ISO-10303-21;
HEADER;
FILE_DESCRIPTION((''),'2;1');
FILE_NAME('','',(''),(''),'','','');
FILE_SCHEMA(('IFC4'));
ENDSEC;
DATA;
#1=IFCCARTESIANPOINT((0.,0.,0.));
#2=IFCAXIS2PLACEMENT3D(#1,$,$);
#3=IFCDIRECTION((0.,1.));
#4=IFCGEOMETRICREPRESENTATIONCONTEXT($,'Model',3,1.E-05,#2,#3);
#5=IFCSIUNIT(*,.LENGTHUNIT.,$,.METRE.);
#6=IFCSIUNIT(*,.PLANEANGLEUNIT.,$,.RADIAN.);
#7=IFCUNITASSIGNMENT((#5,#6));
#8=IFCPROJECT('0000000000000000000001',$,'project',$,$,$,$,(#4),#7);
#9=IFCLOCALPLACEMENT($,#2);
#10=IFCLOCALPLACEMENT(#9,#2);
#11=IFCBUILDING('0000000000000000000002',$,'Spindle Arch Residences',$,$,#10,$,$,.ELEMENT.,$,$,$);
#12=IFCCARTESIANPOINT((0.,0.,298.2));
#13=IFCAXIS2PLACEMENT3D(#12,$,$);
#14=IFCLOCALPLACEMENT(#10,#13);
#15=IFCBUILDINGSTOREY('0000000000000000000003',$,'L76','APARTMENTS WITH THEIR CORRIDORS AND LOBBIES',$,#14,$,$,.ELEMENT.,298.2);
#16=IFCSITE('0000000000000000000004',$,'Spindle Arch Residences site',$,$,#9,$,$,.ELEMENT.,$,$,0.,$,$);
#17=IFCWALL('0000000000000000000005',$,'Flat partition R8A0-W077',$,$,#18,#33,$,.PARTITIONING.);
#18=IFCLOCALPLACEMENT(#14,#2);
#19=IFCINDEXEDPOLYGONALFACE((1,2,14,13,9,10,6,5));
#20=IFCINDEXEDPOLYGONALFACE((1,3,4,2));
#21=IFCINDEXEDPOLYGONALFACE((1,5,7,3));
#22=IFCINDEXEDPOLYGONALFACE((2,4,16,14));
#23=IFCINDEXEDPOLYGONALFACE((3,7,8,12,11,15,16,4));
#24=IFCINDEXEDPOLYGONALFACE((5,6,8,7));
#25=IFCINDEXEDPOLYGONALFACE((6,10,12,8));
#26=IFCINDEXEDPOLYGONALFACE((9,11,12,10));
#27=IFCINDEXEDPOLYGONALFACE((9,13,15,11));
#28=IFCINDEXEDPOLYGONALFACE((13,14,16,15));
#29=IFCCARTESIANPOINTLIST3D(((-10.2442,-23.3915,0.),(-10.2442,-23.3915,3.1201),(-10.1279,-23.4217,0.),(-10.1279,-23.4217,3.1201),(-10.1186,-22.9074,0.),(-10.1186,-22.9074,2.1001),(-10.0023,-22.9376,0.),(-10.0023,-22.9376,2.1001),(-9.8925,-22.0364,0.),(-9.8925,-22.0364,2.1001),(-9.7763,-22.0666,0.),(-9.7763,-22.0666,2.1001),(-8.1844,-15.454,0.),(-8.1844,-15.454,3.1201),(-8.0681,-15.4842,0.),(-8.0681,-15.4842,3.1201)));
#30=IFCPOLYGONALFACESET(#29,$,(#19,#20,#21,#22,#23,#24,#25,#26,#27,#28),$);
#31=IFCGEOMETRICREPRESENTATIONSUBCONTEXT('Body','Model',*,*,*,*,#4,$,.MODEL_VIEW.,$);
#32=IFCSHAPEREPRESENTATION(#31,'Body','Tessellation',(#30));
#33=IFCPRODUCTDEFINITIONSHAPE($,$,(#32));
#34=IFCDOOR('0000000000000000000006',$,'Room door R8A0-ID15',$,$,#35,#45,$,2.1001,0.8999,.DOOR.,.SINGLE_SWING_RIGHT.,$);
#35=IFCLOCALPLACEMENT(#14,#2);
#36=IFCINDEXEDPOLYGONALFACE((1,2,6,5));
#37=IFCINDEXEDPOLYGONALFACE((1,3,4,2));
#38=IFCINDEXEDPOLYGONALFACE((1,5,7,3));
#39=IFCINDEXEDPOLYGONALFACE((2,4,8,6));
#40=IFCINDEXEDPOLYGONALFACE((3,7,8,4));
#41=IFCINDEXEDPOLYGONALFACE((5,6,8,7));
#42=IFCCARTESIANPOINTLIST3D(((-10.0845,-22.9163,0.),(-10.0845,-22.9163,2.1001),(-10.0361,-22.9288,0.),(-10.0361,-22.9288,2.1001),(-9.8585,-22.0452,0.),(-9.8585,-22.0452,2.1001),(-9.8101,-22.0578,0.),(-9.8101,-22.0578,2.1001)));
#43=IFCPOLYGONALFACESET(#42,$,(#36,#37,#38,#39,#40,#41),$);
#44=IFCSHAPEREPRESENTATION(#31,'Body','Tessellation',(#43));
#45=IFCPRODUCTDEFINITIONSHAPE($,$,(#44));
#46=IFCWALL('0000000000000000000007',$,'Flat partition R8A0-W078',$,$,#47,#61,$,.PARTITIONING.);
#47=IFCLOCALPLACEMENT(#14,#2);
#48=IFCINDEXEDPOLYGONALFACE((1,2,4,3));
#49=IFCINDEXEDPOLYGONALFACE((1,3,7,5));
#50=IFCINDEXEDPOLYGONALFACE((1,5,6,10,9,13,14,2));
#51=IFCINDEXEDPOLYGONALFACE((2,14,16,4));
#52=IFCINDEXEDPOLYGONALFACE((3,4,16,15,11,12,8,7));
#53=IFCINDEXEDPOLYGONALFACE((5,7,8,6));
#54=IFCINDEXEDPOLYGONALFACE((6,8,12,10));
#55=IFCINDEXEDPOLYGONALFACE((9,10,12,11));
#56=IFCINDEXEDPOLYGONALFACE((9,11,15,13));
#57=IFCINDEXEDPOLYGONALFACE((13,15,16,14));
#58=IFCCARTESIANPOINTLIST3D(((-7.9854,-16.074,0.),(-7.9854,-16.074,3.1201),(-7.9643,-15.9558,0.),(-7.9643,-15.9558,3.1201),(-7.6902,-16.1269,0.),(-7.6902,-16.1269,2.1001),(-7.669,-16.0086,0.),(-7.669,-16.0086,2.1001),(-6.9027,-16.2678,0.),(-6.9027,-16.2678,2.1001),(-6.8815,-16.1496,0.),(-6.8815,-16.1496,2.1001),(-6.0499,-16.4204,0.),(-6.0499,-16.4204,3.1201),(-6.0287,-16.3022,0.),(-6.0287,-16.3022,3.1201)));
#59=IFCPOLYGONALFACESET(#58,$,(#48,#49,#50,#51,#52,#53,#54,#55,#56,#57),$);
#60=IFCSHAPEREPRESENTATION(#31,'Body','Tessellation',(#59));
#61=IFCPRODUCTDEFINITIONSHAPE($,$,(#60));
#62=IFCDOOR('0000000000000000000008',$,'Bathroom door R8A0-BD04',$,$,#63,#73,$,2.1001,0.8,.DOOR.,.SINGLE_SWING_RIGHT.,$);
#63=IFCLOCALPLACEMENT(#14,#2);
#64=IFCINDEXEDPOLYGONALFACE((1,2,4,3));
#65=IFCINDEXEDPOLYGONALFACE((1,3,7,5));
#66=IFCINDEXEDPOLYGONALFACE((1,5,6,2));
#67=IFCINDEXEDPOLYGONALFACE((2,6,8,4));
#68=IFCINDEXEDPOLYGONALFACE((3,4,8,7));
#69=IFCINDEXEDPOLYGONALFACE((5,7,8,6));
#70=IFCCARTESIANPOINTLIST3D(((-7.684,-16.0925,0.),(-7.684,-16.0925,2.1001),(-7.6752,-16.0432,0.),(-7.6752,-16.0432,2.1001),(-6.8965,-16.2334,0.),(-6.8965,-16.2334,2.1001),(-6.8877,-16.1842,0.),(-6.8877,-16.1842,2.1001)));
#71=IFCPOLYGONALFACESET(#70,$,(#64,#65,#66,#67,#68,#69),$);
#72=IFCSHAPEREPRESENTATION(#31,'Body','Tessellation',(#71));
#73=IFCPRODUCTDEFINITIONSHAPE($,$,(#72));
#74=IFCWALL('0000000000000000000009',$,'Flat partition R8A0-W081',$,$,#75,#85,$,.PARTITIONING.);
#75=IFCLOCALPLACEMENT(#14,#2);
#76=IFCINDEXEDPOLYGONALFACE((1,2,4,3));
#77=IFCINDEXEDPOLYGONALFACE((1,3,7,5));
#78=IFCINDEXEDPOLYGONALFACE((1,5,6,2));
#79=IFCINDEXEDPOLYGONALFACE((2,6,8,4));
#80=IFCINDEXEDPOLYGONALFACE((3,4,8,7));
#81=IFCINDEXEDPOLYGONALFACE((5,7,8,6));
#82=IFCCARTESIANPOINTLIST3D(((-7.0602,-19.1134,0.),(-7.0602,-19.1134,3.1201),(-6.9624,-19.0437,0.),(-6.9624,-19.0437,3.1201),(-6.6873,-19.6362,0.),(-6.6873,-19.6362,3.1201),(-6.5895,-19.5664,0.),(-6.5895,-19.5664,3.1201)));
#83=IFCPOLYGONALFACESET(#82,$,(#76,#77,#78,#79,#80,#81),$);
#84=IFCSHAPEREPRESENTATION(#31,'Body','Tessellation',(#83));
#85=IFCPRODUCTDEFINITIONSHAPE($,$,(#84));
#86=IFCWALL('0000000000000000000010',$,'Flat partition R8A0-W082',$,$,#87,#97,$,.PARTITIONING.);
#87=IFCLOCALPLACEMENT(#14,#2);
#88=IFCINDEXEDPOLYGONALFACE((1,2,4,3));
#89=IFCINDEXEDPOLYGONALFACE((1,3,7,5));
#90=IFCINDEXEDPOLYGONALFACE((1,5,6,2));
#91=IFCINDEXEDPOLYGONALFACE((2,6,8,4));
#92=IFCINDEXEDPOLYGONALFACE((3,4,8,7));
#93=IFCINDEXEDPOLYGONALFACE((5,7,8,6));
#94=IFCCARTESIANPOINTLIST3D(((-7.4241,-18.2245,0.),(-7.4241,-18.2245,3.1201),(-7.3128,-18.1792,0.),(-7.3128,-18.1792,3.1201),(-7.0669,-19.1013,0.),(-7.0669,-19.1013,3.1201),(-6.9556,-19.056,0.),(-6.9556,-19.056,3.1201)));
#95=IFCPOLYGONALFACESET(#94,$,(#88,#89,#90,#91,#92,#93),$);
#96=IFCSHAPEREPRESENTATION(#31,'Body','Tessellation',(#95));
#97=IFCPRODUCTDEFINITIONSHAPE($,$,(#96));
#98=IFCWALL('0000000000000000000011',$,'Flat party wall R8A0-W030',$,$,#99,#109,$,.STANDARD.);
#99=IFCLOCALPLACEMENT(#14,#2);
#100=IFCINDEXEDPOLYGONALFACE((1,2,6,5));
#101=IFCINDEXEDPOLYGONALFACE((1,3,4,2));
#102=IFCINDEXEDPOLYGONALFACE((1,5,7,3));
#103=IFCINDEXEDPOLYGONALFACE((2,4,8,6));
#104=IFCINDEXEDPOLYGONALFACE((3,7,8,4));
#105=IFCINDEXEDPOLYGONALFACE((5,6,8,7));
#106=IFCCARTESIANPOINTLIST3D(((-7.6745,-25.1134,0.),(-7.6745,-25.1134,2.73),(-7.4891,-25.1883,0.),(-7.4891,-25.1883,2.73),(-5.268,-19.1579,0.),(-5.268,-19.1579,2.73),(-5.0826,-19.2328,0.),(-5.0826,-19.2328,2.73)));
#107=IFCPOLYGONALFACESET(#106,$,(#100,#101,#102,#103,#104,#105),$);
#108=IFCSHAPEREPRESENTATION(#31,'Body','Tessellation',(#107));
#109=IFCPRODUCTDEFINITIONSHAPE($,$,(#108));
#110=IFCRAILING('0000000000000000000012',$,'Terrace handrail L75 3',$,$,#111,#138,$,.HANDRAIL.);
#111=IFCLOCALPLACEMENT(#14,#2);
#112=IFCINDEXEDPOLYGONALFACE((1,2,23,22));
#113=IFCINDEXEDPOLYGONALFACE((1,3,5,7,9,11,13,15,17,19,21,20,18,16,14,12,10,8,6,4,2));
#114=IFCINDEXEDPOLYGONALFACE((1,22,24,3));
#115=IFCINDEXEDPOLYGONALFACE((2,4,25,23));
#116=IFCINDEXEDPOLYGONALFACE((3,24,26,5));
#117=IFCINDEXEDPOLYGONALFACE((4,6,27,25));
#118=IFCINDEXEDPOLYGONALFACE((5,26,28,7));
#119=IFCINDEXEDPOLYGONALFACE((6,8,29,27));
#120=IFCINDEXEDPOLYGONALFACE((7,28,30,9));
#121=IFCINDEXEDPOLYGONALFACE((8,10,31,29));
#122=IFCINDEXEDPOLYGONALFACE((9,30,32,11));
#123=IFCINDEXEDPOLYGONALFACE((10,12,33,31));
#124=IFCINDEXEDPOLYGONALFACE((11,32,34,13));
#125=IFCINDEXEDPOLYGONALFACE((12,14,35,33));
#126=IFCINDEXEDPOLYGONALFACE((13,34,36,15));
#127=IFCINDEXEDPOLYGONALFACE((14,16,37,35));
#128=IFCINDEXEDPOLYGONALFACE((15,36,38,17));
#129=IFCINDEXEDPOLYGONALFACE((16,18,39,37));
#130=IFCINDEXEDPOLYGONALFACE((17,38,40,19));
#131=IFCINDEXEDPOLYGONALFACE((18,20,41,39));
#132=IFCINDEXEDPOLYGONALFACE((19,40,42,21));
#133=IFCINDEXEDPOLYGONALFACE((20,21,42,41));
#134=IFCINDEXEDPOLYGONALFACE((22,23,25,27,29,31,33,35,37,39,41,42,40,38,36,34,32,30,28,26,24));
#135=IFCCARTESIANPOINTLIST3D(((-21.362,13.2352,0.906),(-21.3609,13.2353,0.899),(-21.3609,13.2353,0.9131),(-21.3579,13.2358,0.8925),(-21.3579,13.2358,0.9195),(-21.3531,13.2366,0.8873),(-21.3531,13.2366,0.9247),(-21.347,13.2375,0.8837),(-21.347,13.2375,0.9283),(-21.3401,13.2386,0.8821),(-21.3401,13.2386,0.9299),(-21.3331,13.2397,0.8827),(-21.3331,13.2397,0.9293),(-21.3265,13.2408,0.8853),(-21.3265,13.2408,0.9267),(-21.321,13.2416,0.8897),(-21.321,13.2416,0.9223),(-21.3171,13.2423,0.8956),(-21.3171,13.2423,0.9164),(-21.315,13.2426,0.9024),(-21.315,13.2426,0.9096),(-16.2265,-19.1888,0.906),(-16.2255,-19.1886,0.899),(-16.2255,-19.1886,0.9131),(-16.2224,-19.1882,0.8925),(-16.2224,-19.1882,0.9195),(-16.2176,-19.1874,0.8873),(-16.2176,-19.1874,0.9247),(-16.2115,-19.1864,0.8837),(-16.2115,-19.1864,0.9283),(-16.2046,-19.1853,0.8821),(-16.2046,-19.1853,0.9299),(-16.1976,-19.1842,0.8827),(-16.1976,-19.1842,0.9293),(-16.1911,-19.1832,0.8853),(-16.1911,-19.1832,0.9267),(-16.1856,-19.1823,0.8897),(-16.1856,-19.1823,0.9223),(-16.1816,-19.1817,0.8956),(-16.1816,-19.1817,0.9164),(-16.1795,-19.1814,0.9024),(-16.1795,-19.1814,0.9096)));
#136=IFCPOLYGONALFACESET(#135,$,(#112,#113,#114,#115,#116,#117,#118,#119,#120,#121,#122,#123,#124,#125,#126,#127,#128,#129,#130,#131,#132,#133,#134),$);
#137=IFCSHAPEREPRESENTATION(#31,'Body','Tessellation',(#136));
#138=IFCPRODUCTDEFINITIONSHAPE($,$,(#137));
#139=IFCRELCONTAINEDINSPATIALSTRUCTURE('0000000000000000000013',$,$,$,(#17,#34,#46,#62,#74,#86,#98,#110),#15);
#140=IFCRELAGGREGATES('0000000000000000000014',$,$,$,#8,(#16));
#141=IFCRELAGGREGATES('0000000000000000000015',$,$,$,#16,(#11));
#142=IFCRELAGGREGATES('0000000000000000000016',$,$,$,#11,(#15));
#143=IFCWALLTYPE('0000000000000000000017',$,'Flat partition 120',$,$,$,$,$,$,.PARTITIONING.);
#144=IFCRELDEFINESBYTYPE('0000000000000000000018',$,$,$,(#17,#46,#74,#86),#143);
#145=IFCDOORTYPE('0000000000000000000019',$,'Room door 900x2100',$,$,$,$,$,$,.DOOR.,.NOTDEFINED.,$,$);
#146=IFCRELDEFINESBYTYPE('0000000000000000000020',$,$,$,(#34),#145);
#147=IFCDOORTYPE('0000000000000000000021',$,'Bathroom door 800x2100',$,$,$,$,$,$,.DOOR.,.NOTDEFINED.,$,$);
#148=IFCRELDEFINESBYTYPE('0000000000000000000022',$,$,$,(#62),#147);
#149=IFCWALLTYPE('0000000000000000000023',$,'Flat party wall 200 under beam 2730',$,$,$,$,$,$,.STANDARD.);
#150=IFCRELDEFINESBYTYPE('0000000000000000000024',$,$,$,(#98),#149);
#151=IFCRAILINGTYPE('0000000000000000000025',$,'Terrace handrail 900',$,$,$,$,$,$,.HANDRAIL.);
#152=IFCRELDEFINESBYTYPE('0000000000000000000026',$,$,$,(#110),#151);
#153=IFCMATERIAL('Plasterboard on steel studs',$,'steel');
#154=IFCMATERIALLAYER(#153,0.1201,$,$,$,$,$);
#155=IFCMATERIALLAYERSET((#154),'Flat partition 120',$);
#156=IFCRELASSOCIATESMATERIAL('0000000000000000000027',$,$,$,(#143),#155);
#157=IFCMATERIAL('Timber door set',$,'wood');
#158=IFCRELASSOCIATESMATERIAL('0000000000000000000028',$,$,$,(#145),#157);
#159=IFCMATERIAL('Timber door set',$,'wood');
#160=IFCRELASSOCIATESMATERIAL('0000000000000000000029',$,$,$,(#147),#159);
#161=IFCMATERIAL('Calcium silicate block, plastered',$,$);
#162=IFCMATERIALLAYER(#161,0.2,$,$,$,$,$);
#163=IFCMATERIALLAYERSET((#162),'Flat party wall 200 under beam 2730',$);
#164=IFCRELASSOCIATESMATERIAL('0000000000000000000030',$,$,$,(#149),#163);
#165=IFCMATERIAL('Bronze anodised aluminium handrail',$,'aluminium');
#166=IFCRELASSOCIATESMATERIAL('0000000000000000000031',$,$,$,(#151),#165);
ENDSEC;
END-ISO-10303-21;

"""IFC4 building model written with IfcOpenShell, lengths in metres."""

from ifc_helpers import new_model, si_unit, direction, frame, frame_2d, origin, origin_2d, place, context, subcontext, project, spatial, rectangle, circle, extrude, material, layer, layer_set, type_object, element, fill, save


model = new_model("IFC4")

# Units and contexts
model_context = context("Model", 3, precision=1e-05, world=origin(), true_north=direction((0.0, 1.0)))
body_context = subcontext(model_context, "Body", "Model", "MODEL_VIEW")
ifc_project = project(units=[si_unit("LENGTHUNIT", "METRE"), si_unit("PLANEANGLEUNIT", "RADIAN")], contexts=[model_context])

# Site, building, storey
site_placement = place(None, origin())
site = spatial("IfcSite", under=ifc_project, at=site_placement, Name="Spindle Arch Residences site", CompositionType="ELEMENT", RefElevation=0.0)
building_placement = place(site_placement, origin())
building = spatial("IfcBuilding", under=site, at=building_placement, Name="Spindle Arch Residences", CompositionType="ELEMENT")
storey_placement = place(building_placement, frame((0.0, 0.0, 298.2)))
storey = spatial("IfcBuildingStorey", under=building, at=storey_placement, Name="L76", Description="APARTMENTS WITH THEIR CORRIDORS AND LOBBIES", CompositionType="ELEMENT", Elevation=298.2)

# Walls, openings, doors
ifc_material_1 = material(Name="Plasterboard on steel studs", Category="steel")
ifc_layer_1 = layer(ifc_material_1, 0.1201)
ifc_layer_set_1 = layer_set([ifc_layer_1], Name="Flat partition 120")
wall_type_1 = type_object("IfcWallType", Name="Flat partition 120", PredefinedType="PARTITIONING", material=ifc_layer_set_1)
ifc_material_2 = material(Name="Timber door set", Category="wood")
door_type_1 = type_object("IfcDoorType", Name="Room door 900x2100", OperationType="NOTDEFINED", PredefinedType="DOOR", material=ifc_material_2)
wall_1_placement = place(storey_placement, frame((-10.186, -23.4065, 0.0), z_axis=(0.0, 0.0, 1.0), x_axis=(0.251184, 0.967939, 0.0)))
wall_1 = element("IfcWall", 1, at=wall_1_placement, inside=storey, type_object=wall_type_1, Name="Flat partition R8A0-W077", PredefinedType="PARTITIONING", context=body_context, shape_type="SweptSolid", body=[
    extrude(rectangle(XDim=8.2004, YDim=0.1201, at=frame_2d((4.1001, 0.0))), origin(), (0.0, 0.0, 1.0), 3.1201),
])
opening_1_placement = place(wall_1_placement, frame((0.5, 0.0, 0.0)))
opening_1 = element("IfcOpeningElement", 2, at=opening_1_placement, cuts=wall_1, PredefinedType="OPENING", context=body_context, shape_type="SweptSolid", body=[
    extrude(rectangle(XDim=0.8999, YDim=2.1001, at=frame_2d((0.45, 1.05))), frame((0.0, 0.0701, 0.0), z_axis=(0.0, -1.0, 0.0), x_axis=(1.0, 0.0, 0.0)), (0.0, 0.0, 1.0), 0.1401),
])
door_1_placement = place(opening_1_placement, origin())
door_1 = element("IfcDoor", 3, at=door_1_placement, inside=storey, type_object=door_type_1, Name="Room door R8A0-ID15", OperationType="SINGLE_SWING_RIGHT", OverallHeight=2.1001, OverallWidth=0.8999, PredefinedType="DOOR", context=body_context, shape_type="SweptSolid", body=[
    extrude(rectangle(XDim=0.8999, YDim=2.1001, at=frame_2d((0.45, 1.05))), frame((0.0, 0.0249, 0.0), z_axis=(0.0, -1.0, 0.0), x_axis=(1.0, 0.0, 0.0)), (0.0, 0.0, 1.0), 0.05),
])
fill(opening_1, door_1)
wall_2_placement = place(storey_placement, frame((-7.9749, -16.0149, 0.0), z_axis=(0.0, 0.0, 1.0), x_axis=(0.984357, -0.176186, 0.0)))
wall_2 = element("IfcWall", 4, at=wall_2_placement, inside=storey, type_object=wall_type_1, Name="Flat partition R8A0-W078", PredefinedType="PARTITIONING", context=body_context, shape_type="SweptSolid", body=[
    extrude(rectangle(XDim=1.9663, YDim=0.1201, at=frame_2d((0.9832, 0.0))), origin(), (0.0, 0.0, 1.0), 3.1201),
])
opening_2_placement = place(wall_2_placement, frame((0.3, 0.0, 0.0)))
opening_2 = element("IfcOpeningElement", 5, at=opening_2_placement, cuts=wall_2, PredefinedType="OPENING", context=body_context, shape_type="SweptSolid", body=[
    extrude(rectangle(XDim=0.8, YDim=2.1001, at=frame_2d((0.3999, 1.05))), frame((0.0, 0.0701, 0.0), z_axis=(0.0, -1.0, 0.0), x_axis=(1.0, 0.0, 0.0)), (0.0, 0.0, 1.0), 0.1401),
])
ifc_material_3 = material(Name="Timber door set", Category="wood")
door_type_2 = type_object("IfcDoorType", Name="Bathroom door 800x2100", OperationType="NOTDEFINED", PredefinedType="DOOR", material=ifc_material_3)
door_2_placement = place(opening_2_placement, origin())
door_2 = element("IfcDoor", 6, at=door_2_placement, inside=storey, type_object=door_type_2, Name="Bathroom door R8A0-BD04", OperationType="SINGLE_SWING_RIGHT", OverallHeight=2.1001, OverallWidth=0.8, PredefinedType="DOOR", context=body_context, shape_type="SweptSolid", body=[
    extrude(rectangle(XDim=0.8, YDim=2.1001, at=frame_2d((0.3999, 1.05))), frame((0.0, 0.0249, 0.0), z_axis=(0.0, -1.0, 0.0), x_axis=(1.0, 0.0, 0.0)), (0.0, 0.0, 1.0), 0.05),
])
fill(opening_2, door_2)

# Walls
wall_3_placement = place(storey_placement, frame((-6.6384, -19.6013, 0.0), z_axis=(0.0, 0.0, 1.0), x_axis=(-0.580663, 0.814144, 0.0)))
element("IfcWall", 7, at=wall_3_placement, inside=storey, type_object=wall_type_1, Name="Flat partition R8A0-W081", PredefinedType="PARTITIONING", context=body_context, shape_type="SweptSolid", body=[
    extrude(rectangle(XDim=0.6421, YDim=0.1201, at=frame_2d((0.321, 0.0))), origin(), (0.0, 0.0, 1.0), 3.1201),
])
wall_4_placement = place(storey_placement, frame((-7.0112, -19.0786, 0.0), z_axis=(0.0, 0.0, 1.0), x_axis=(-0.377297, 0.926092, 0.0)))
element("IfcWall", 8, at=wall_4_placement, inside=storey, type_object=wall_type_1, Name="Flat partition R8A0-W082", PredefinedType="PARTITIONING", context=body_context, shape_type="SweptSolid", body=[
    extrude(rectangle(XDim=0.9468, YDim=0.1201, at=frame_2d((0.4734, 0.0))), origin(), (0.0, 0.0, 1.0), 3.1201),
])
ifc_material_4 = material(Name="Calcium silicate block, plastered")
ifc_layer_2 = layer(ifc_material_4, 0.2)
ifc_layer_set_2 = layer_set([ifc_layer_2], Name="Flat party wall 200 under beam 2730")
wall_type_2 = type_object("IfcWallType", Name="Flat party wall 200 under beam 2730", PredefinedType="STANDARD", material=ifc_layer_set_2)
wall_5_placement = place(storey_placement, frame((-7.5818, -25.1509, 0.0), z_axis=(0.0, 0.0, 1.0), x_axis=(0.374645, 0.927168, 0.0)))
element("IfcWall", 9, at=wall_5_placement, inside=storey, type_object=wall_type_2, Name="Flat party wall R8A0-W030", PredefinedType="STANDARD", context=body_context, shape_type="SweptSolid", body=[
    extrude(rectangle(XDim=6.4233, YDim=0.2, at=frame_2d((3.2117, 0.0))), origin(), (0.0, 0.0, 1.0), 2.73),
])

# Railing
ifc_material_5 = material(Name="Bronze anodised aluminium handrail", Category="aluminium")
railing_type_1 = type_object("IfcRailingType", Name="Terrace handrail 900", PredefinedType="HANDRAIL", material=ifc_material_5)
railing_1_placement = place(storey_placement, frame((-16.2029, -19.1851, 0.03)))
element("IfcRailing", 10, at=railing_1_placement, inside=storey, type_object=railing_type_1, Name="Terrace handrail L75 3", PredefinedType="HANDRAIL", context=body_context, shape_type="SweptSolid", body=[
    extrude(circle(Radius=0.0239, at=origin_2d()), frame((0.0, 0.0, 0.876), z_axis=(-0.156435, 0.987688, 0.0), x_axis=(-0.987688, -0.156435, 0.0)), (0.0, 0.0, 1.0), 32.8281),
])

save(model, "model.ifc")
